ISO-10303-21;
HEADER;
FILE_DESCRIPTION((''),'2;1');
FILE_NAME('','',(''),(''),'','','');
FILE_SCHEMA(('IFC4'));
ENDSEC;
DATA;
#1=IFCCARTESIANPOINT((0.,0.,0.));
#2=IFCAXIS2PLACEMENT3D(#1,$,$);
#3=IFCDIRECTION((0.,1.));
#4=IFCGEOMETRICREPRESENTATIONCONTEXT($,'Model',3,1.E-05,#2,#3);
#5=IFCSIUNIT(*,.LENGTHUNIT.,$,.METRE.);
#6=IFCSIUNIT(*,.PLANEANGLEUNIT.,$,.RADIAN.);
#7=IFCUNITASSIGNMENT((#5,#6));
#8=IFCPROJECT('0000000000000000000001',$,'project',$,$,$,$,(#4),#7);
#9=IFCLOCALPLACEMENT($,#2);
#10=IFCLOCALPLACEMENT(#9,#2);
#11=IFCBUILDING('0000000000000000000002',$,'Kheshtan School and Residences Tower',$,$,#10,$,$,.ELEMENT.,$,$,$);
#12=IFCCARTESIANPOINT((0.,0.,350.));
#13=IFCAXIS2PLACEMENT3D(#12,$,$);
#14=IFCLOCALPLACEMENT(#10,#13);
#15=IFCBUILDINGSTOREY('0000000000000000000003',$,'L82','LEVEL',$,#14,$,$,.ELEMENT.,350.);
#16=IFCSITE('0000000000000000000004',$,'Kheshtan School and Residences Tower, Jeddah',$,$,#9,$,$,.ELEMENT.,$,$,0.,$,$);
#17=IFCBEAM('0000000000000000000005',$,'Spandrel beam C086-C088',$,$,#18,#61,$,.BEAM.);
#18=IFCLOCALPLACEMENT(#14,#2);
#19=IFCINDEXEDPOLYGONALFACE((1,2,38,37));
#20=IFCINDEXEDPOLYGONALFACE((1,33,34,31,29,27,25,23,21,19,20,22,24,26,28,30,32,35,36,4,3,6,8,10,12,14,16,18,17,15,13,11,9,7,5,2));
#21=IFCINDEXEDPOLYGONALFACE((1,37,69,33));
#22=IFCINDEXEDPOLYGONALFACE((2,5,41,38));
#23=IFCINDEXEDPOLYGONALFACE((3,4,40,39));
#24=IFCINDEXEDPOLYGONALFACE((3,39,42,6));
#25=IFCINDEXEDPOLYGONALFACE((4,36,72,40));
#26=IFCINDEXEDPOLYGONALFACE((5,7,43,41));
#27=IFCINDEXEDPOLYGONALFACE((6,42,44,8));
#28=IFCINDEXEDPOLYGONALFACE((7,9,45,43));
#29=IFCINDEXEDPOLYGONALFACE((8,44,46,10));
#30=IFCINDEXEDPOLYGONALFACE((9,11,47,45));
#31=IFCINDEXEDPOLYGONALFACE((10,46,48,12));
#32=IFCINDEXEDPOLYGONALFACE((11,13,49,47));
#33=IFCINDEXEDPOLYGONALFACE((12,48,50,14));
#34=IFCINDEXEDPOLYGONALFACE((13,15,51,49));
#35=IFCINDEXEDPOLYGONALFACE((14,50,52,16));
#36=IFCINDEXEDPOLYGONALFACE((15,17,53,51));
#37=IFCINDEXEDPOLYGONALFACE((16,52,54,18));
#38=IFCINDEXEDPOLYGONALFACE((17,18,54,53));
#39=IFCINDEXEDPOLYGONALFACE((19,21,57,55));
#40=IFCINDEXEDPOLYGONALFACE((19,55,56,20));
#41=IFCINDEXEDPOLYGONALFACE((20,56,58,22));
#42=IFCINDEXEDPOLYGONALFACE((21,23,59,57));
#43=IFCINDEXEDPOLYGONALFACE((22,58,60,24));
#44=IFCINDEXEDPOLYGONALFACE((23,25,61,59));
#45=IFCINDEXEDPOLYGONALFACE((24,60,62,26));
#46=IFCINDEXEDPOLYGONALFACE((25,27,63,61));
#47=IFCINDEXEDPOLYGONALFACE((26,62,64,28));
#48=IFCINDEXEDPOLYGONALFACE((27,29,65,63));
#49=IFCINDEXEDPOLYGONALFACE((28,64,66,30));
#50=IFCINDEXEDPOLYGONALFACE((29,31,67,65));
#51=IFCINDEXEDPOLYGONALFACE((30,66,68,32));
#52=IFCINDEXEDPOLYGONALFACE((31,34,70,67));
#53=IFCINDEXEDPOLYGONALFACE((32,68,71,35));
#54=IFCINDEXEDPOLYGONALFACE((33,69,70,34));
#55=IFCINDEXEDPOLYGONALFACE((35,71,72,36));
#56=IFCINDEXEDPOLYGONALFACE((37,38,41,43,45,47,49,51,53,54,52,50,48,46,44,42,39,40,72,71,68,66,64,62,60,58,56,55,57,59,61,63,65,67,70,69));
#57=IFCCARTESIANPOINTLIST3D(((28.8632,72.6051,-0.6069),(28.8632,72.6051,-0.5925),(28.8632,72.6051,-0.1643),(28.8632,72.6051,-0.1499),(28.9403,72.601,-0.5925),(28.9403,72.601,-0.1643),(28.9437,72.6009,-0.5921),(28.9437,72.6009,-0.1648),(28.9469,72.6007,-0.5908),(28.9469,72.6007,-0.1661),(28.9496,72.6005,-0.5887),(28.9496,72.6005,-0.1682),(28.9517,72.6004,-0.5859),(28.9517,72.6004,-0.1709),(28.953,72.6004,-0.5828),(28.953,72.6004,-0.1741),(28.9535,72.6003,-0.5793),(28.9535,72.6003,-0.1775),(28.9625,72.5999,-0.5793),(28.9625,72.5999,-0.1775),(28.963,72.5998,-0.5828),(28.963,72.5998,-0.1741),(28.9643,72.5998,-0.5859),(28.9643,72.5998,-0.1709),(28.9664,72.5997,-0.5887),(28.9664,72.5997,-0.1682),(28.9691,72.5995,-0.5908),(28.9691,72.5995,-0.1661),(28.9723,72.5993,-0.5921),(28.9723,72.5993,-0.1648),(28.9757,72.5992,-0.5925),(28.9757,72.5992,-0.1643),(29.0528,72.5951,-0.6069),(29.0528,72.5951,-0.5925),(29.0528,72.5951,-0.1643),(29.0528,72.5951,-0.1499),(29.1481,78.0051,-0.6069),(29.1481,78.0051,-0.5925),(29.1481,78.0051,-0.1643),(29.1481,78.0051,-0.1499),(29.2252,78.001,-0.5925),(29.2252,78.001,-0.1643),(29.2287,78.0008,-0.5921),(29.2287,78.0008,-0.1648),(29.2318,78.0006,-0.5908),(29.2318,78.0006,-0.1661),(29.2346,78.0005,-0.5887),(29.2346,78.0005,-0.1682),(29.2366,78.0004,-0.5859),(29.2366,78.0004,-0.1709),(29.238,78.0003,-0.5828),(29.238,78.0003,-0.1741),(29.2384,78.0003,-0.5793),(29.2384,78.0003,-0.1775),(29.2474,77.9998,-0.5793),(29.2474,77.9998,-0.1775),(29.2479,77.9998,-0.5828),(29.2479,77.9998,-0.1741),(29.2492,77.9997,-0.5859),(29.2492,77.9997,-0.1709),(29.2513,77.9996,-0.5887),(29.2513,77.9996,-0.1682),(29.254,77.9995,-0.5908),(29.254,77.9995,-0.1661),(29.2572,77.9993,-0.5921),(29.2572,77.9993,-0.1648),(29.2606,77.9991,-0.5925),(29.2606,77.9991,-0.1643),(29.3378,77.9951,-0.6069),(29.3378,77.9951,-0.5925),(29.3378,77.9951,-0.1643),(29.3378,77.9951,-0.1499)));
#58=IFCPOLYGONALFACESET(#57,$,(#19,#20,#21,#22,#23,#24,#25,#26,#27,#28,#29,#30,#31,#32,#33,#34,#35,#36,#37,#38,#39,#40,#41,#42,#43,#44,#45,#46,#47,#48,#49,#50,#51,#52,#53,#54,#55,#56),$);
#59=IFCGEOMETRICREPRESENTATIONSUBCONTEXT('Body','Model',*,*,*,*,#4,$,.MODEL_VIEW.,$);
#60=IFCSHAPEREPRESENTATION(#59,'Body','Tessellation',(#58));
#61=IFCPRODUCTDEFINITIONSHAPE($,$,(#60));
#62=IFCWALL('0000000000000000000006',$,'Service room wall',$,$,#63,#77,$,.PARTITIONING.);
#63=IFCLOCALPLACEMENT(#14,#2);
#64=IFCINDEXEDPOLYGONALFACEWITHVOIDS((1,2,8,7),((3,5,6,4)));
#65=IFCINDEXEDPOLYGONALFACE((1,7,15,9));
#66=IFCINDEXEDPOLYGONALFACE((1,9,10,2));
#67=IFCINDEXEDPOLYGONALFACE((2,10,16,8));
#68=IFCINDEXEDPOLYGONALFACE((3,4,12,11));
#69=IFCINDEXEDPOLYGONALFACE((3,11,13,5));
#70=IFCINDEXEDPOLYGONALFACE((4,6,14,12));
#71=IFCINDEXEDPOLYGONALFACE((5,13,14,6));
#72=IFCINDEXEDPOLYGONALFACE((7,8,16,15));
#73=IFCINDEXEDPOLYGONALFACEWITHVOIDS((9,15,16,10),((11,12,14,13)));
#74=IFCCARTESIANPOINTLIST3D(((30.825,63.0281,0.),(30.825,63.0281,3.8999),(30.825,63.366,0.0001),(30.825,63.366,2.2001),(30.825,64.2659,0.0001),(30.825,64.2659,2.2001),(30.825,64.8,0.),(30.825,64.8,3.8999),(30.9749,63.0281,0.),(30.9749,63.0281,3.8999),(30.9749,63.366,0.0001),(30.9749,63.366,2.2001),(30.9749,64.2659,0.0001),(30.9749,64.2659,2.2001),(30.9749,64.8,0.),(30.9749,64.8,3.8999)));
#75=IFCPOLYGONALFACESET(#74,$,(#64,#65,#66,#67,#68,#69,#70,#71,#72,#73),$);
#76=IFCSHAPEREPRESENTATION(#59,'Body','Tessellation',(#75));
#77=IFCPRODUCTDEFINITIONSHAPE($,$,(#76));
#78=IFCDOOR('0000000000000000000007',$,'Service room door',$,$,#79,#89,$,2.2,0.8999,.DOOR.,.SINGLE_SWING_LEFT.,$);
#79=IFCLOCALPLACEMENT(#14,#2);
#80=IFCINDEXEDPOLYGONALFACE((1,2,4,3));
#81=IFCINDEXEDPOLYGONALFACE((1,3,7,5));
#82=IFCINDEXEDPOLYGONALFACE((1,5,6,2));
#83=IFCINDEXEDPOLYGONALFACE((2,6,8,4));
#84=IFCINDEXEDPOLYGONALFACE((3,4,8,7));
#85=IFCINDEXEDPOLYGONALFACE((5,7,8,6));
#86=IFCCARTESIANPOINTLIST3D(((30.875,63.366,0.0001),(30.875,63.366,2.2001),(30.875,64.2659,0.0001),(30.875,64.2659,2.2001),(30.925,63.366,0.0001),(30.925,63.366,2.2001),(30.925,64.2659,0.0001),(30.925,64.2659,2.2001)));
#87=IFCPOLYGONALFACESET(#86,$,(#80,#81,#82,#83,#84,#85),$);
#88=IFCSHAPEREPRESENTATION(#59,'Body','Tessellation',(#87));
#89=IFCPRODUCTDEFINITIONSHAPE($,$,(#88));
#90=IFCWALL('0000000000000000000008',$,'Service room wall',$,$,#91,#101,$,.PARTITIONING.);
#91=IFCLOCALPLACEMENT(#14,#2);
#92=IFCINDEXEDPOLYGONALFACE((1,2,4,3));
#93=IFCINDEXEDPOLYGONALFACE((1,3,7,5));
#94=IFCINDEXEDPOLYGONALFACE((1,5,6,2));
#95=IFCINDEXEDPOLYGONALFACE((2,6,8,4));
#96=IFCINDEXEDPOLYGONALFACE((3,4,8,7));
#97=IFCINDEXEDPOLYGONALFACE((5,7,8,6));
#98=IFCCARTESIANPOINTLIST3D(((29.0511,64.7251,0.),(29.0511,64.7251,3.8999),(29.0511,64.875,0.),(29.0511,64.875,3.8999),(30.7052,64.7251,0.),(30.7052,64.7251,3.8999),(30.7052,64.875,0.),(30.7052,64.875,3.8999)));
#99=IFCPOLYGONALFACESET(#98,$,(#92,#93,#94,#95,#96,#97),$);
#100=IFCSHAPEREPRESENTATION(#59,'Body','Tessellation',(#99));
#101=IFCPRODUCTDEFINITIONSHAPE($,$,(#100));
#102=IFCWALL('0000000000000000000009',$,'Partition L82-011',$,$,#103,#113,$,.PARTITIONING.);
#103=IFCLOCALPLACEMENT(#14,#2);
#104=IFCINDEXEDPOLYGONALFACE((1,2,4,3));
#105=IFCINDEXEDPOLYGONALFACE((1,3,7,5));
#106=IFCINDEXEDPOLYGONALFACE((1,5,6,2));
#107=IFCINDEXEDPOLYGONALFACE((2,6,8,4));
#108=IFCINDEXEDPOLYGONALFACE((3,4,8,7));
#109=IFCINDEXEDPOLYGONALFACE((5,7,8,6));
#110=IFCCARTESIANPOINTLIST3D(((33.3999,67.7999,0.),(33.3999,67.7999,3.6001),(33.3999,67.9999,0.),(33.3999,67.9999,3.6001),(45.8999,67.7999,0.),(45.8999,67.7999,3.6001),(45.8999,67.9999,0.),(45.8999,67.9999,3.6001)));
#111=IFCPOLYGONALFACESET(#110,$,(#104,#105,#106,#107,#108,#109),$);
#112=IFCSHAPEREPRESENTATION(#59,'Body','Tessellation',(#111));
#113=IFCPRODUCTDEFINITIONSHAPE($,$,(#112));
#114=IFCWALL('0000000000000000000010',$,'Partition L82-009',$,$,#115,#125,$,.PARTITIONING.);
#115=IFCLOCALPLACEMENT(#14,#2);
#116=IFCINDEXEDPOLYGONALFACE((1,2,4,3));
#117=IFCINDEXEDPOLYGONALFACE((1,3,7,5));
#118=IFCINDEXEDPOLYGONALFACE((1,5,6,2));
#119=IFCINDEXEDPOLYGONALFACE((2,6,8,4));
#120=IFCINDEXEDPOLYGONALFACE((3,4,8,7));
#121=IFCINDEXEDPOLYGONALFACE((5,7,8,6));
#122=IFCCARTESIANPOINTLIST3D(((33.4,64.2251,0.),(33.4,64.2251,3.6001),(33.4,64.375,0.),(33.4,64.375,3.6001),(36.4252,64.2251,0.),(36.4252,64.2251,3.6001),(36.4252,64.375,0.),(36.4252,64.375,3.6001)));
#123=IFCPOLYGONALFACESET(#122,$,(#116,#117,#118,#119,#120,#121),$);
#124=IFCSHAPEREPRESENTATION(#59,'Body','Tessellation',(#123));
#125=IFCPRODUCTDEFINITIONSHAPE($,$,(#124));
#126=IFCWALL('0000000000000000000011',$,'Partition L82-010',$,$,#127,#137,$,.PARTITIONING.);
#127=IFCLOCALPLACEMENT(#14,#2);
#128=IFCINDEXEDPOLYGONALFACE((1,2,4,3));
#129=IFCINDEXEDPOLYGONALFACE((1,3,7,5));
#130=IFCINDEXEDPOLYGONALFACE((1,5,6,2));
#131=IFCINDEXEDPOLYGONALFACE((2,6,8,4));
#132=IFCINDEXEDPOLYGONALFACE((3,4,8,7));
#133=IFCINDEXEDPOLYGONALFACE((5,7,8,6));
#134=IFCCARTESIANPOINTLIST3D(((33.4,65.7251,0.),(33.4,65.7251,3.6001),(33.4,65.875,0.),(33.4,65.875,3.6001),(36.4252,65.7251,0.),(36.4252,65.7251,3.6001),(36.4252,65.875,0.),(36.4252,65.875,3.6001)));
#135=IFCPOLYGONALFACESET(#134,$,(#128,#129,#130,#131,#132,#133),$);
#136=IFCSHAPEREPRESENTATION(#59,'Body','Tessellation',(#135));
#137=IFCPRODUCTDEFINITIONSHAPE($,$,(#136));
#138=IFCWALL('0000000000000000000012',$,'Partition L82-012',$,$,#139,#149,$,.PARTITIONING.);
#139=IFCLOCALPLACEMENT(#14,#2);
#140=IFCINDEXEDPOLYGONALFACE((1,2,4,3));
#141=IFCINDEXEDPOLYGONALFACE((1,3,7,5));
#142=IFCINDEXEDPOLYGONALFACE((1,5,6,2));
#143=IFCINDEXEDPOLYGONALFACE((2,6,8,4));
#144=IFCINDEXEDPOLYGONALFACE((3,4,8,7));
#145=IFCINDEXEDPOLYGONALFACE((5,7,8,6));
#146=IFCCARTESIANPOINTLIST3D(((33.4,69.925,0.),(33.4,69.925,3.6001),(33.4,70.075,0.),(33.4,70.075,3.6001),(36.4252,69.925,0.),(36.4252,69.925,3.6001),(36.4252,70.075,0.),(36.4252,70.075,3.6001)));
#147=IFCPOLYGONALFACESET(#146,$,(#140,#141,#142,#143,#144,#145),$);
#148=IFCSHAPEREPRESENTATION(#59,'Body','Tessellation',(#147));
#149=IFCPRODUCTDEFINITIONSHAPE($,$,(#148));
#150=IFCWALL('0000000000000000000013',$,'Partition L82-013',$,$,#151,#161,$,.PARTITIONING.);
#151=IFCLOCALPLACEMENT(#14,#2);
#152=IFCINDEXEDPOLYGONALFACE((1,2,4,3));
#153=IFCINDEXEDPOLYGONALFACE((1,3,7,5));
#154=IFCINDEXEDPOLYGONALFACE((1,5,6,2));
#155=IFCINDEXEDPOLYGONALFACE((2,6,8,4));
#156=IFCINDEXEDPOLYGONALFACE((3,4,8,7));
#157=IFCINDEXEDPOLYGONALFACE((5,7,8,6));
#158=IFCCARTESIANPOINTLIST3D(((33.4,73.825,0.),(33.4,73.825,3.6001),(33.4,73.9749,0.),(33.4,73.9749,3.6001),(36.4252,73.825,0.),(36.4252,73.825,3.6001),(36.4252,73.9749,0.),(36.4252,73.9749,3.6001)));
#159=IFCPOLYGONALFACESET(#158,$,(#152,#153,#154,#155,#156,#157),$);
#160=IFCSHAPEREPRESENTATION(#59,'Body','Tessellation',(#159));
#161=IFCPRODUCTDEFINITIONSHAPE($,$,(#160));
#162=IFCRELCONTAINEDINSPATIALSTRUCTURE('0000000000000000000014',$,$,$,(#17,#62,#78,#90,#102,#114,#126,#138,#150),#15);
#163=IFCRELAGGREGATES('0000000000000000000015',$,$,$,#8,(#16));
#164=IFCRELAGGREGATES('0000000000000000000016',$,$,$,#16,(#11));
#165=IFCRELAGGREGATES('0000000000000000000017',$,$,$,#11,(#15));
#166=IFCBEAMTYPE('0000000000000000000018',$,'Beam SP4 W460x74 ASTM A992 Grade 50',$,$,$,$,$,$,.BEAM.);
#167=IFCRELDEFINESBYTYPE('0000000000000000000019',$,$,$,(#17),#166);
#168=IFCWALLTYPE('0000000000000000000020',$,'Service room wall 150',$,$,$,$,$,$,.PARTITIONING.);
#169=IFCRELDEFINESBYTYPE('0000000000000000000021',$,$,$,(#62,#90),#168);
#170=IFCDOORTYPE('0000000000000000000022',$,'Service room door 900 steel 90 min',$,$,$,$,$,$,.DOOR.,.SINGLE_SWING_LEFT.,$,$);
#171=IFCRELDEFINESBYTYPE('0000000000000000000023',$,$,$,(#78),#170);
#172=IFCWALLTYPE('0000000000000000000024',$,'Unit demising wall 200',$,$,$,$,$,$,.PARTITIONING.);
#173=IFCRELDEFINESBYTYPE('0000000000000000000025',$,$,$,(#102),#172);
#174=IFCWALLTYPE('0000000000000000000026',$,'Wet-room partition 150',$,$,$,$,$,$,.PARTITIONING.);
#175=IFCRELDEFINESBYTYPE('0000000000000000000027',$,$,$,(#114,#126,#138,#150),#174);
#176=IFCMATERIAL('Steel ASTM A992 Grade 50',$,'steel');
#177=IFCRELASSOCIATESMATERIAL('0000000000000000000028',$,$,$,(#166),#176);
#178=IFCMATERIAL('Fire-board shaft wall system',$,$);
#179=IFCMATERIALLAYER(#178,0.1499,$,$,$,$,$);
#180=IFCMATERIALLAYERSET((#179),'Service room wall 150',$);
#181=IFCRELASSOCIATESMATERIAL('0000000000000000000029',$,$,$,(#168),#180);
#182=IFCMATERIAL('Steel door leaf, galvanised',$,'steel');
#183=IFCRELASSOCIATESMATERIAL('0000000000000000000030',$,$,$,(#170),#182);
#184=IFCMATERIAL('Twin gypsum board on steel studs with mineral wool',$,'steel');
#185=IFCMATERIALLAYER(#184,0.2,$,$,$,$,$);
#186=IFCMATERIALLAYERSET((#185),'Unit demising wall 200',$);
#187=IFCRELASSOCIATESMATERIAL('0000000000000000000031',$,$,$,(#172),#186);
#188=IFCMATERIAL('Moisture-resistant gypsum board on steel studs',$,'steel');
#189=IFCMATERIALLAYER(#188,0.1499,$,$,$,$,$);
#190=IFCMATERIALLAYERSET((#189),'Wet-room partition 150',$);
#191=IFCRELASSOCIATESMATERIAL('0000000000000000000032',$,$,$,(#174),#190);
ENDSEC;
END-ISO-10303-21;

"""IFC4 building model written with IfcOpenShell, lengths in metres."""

from ifc_helpers import new_model, si_unit, direction, frame, frame_2d, origin, origin_2d, place, context, subcontext, project, spatial, rectangle, i_section, extrude, source, transform, mapped, material, layer, layer_set, material_profile, profile_set, type_object, element, fill, save


model = new_model("IFC4")

# Units and contexts
model_context = context("Model", 3, precision=1e-05, world=origin(), true_north=direction((0.0, 1.0)))
body_context = subcontext(model_context, "Body", "Model", "MODEL_VIEW")
ifc_project = project(units=[si_unit("LENGTHUNIT", "METRE"), si_unit("PLANEANGLEUNIT", "RADIAN")], contexts=[model_context])

# Site, building, storey
site_placement = place(None, origin())
site = spatial("IfcSite", under=ifc_project, at=site_placement, Name="Kheshtan School and Residences Tower, Jeddah", CompositionType="ELEMENT", RefElevation=0.0)
building_placement = place(site_placement, origin())
building = spatial("IfcBuilding", under=site, at=building_placement, Name="Kheshtan School and Residences Tower", CompositionType="ELEMENT")
storey_placement = place(building_placement, frame((0.0, 0.0, 350.0)))
storey = spatial("IfcBuildingStorey", under=building, at=storey_placement, Name="L82", Description="LEVEL", CompositionType="ELEMENT", Elevation=350.0)

# Shared definitions
ifc_material_1 = material(Name="Steel ASTM A992 Grade 50", Category="steel")

# Beam
ifc_material_profile_1 = material_profile(ifc_material_1, i_section(OverallWidth=0.1899, OverallDepth=0.457, WebThickness=0.009, FlangeThickness=0.0144, FilletRadius=0.0132, at=origin_2d()), Name="W460x74")
ifc_profile_set_1 = profile_set([ifc_material_profile_1], Name="Steel ASTM A992 Grade 50")
beam_type_1 = type_object("IfcBeamType", Name="Beam SP4 W460x74 ASTM A992 Grade 50", PredefinedType="BEAM", material=ifc_profile_set_1)
beam_1_placement = place(storey_placement, frame((28.958, 72.6001, -0.3784), z_axis=(0.052689, 0.998611, 0.0), x_axis=(-0.998611, 0.052689, 0.0)))
element("IfcBeam", 1, at=beam_1_placement, inside=storey, type_object=beam_type_1, Name="Spandrel beam C086-C088", PredefinedType="BEAM", context=body_context, shape_type="SweptSolid", body=[
    extrude(i_section(OverallWidth=0.1899, OverallDepth=0.457, WebThickness=0.009, FlangeThickness=0.0144, FilletRadius=0.0132, at=origin_2d()), origin(), (0.0, 0.0, 1.0), 5.4075),
])

# Wall, opening, door
ifc_material_2 = material(Name="Fire-board shaft wall system")
ifc_layer_1 = layer(ifc_material_2, 0.1499)
ifc_layer_set_1 = layer_set([ifc_layer_1], Name="Service room wall 150")
wall_type_1 = type_object("IfcWallType", Name="Service room wall 150", PredefinedType="PARTITIONING", material=ifc_layer_set_1)
wall_1_placement = place(storey_placement, frame((30.8999, 63.0281, 0.0), z_axis=(0.0, 0.0, 1.0), x_axis=(0.0, 1.0, 0.0)))
wall_1 = element("IfcWall", 2, at=wall_1_placement, inside=storey, type_object=wall_type_1, Name="Service room wall", PredefinedType="PARTITIONING", context=body_context, shape_type="SweptSolid", body=[
    extrude(rectangle(XDim=1.772, YDim=0.1499, at=frame_2d((0.886, 0.0))), origin(), (0.0, 0.0, 1.0), 3.8999),
])
opening_1_placement = place(wall_1_placement, frame((0.3379, 0.0, 0.0)))
opening_1 = element("IfcOpeningElement", 3, at=opening_1_placement, cuts=wall_1, PredefinedType="OPENING", context=body_context, shape_type="SweptSolid", body=[
    extrude(rectangle(XDim=0.8999, YDim=2.2, at=frame_2d((0.45, 1.1001))), frame((0.0, 0.085, 0.0), z_axis=(0.0, -1.0, 0.0), x_axis=(1.0, 0.0, 0.0)), (0.0, 0.0, 1.0), 0.1699),
])
ifc_material_3 = material(Name="Steel door leaf, galvanised", Category="steel")
door_type_1 = type_object("IfcDoorType", Name="Service room door 900 steel 90 min", OperationType="SINGLE_SWING_LEFT", PredefinedType="DOOR", material=ifc_material_3)
shared_shape_1 = source(origin(), body_context, "Body", "SweptSolid", [
    extrude(rectangle(XDim=0.8999, YDim=2.2, at=frame_2d((0.45, 1.1001))), frame((0.0, 0.0249, 0.0), z_axis=(0.0, -1.0, 0.0), x_axis=(1.0, 0.0, 0.0)), (0.0, 0.0, 1.0), 0.05),
])
door_1_placement = place(opening_1_placement, origin())
door_1 = element("IfcDoor", 4, at=door_1_placement, inside=storey, type_object=door_type_1, Name="Service room door", OperationType="SINGLE_SWING_LEFT", OverallHeight=2.2, OverallWidth=0.8999, PredefinedType="DOOR", context=body_context, shape_type="MappedRepresentation", body=[
    mapped(shared_shape_1, transform((0.0, 0.0, 0.0), x_axis=(1.0, 0.0, 0.0), y_axis=(0.0, 1.0, 0.0), z_axis=(0.0, 0.0, 1.0), scale=1.0)),
])
fill(opening_1, door_1)

# Walls
wall_2_placement = place(storey_placement, frame((29.051, 64.8, 0.0), z_axis=(0.0, 0.0, 1.0), x_axis=(1.0, 0.0, 0.0)))
element("IfcWall", 5, at=wall_2_placement, inside=storey, type_object=wall_type_1, Name="Service room wall", PredefinedType="PARTITIONING", context=body_context, shape_type="SweptSolid", body=[
    extrude(rectangle(XDim=1.6541, YDim=0.1499, at=frame_2d((0.8271, 0.0))), origin(), (0.0, 0.0, 1.0), 3.8999),
])
ifc_material_4 = material(Name="Twin gypsum board on steel studs with mineral wool", Category="steel")
ifc_layer_2 = layer(ifc_material_4, 0.2)
ifc_layer_set_2 = layer_set([ifc_layer_2], Name="Unit demising wall 200")
wall_type_2 = type_object("IfcWallType", Name="Unit demising wall 200", PredefinedType="PARTITIONING", material=ifc_layer_set_2)
wall_3_placement = place(storey_placement, frame((33.3999, 67.8999, 0.0), z_axis=(0.0, 0.0, 1.0), x_axis=(1.0, 0.0, 0.0)))
element("IfcWall", 6, at=wall_3_placement, inside=storey, type_object=wall_type_2, Name="Partition L82-011", PredefinedType="PARTITIONING", context=body_context, shape_type="SweptSolid", body=[
    extrude(rectangle(XDim=12.5, YDim=0.2, at=frame_2d((6.25, 0.0))), origin(), (0.0, 0.0, 1.0), 3.6001),
])
ifc_material_5 = material(Name="Moisture-resistant gypsum board on steel studs", Category="steel")
ifc_layer_3 = layer(ifc_material_5, 0.1499)
ifc_layer_set_3 = layer_set([ifc_layer_3], Name="Wet-room partition 150")
wall_type_3 = type_object("IfcWallType", Name="Wet-room partition 150", PredefinedType="PARTITIONING", material=ifc_layer_set_3)
for number, where, z_axis, x_axis, name in (
    (7, (33.3999, 64.3, 0.0), (0.0, 0.0, 1.0), (1.0, 0.0, 0.0), "Partition L82-009"),
    (8, (33.3999, 65.8, 0.0), (0.0, 0.0, 1.0), (1.0, 0.0, 0.0), "Partition L82-010"),
    (9, (33.3999, 70.0, 0.0), (0.0, 0.0, 1.0), (1.0, 0.0, 0.0), "Partition L82-012"),
    (10, (33.3999, 73.8999, 0.0), (0.0, 0.0, 1.0), (1.0, 0.0, 0.0), "Partition L82-013"),
):
    element("IfcWall", number, at=place(storey_placement, frame(where, z_axis=z_axis, x_axis=x_axis)), inside=storey, type_object=wall_type_3, Name=name, PredefinedType="PARTITIONING", context=body_context, shape_type="SweptSolid", body=[
        extrude(rectangle(XDim=3.0251, YDim=0.1499, at=frame_2d((1.5127, 0.0))), origin(), (0.0, 0.0, 1.0), 3.6001),
    ])

save(model, "model.ifc")
